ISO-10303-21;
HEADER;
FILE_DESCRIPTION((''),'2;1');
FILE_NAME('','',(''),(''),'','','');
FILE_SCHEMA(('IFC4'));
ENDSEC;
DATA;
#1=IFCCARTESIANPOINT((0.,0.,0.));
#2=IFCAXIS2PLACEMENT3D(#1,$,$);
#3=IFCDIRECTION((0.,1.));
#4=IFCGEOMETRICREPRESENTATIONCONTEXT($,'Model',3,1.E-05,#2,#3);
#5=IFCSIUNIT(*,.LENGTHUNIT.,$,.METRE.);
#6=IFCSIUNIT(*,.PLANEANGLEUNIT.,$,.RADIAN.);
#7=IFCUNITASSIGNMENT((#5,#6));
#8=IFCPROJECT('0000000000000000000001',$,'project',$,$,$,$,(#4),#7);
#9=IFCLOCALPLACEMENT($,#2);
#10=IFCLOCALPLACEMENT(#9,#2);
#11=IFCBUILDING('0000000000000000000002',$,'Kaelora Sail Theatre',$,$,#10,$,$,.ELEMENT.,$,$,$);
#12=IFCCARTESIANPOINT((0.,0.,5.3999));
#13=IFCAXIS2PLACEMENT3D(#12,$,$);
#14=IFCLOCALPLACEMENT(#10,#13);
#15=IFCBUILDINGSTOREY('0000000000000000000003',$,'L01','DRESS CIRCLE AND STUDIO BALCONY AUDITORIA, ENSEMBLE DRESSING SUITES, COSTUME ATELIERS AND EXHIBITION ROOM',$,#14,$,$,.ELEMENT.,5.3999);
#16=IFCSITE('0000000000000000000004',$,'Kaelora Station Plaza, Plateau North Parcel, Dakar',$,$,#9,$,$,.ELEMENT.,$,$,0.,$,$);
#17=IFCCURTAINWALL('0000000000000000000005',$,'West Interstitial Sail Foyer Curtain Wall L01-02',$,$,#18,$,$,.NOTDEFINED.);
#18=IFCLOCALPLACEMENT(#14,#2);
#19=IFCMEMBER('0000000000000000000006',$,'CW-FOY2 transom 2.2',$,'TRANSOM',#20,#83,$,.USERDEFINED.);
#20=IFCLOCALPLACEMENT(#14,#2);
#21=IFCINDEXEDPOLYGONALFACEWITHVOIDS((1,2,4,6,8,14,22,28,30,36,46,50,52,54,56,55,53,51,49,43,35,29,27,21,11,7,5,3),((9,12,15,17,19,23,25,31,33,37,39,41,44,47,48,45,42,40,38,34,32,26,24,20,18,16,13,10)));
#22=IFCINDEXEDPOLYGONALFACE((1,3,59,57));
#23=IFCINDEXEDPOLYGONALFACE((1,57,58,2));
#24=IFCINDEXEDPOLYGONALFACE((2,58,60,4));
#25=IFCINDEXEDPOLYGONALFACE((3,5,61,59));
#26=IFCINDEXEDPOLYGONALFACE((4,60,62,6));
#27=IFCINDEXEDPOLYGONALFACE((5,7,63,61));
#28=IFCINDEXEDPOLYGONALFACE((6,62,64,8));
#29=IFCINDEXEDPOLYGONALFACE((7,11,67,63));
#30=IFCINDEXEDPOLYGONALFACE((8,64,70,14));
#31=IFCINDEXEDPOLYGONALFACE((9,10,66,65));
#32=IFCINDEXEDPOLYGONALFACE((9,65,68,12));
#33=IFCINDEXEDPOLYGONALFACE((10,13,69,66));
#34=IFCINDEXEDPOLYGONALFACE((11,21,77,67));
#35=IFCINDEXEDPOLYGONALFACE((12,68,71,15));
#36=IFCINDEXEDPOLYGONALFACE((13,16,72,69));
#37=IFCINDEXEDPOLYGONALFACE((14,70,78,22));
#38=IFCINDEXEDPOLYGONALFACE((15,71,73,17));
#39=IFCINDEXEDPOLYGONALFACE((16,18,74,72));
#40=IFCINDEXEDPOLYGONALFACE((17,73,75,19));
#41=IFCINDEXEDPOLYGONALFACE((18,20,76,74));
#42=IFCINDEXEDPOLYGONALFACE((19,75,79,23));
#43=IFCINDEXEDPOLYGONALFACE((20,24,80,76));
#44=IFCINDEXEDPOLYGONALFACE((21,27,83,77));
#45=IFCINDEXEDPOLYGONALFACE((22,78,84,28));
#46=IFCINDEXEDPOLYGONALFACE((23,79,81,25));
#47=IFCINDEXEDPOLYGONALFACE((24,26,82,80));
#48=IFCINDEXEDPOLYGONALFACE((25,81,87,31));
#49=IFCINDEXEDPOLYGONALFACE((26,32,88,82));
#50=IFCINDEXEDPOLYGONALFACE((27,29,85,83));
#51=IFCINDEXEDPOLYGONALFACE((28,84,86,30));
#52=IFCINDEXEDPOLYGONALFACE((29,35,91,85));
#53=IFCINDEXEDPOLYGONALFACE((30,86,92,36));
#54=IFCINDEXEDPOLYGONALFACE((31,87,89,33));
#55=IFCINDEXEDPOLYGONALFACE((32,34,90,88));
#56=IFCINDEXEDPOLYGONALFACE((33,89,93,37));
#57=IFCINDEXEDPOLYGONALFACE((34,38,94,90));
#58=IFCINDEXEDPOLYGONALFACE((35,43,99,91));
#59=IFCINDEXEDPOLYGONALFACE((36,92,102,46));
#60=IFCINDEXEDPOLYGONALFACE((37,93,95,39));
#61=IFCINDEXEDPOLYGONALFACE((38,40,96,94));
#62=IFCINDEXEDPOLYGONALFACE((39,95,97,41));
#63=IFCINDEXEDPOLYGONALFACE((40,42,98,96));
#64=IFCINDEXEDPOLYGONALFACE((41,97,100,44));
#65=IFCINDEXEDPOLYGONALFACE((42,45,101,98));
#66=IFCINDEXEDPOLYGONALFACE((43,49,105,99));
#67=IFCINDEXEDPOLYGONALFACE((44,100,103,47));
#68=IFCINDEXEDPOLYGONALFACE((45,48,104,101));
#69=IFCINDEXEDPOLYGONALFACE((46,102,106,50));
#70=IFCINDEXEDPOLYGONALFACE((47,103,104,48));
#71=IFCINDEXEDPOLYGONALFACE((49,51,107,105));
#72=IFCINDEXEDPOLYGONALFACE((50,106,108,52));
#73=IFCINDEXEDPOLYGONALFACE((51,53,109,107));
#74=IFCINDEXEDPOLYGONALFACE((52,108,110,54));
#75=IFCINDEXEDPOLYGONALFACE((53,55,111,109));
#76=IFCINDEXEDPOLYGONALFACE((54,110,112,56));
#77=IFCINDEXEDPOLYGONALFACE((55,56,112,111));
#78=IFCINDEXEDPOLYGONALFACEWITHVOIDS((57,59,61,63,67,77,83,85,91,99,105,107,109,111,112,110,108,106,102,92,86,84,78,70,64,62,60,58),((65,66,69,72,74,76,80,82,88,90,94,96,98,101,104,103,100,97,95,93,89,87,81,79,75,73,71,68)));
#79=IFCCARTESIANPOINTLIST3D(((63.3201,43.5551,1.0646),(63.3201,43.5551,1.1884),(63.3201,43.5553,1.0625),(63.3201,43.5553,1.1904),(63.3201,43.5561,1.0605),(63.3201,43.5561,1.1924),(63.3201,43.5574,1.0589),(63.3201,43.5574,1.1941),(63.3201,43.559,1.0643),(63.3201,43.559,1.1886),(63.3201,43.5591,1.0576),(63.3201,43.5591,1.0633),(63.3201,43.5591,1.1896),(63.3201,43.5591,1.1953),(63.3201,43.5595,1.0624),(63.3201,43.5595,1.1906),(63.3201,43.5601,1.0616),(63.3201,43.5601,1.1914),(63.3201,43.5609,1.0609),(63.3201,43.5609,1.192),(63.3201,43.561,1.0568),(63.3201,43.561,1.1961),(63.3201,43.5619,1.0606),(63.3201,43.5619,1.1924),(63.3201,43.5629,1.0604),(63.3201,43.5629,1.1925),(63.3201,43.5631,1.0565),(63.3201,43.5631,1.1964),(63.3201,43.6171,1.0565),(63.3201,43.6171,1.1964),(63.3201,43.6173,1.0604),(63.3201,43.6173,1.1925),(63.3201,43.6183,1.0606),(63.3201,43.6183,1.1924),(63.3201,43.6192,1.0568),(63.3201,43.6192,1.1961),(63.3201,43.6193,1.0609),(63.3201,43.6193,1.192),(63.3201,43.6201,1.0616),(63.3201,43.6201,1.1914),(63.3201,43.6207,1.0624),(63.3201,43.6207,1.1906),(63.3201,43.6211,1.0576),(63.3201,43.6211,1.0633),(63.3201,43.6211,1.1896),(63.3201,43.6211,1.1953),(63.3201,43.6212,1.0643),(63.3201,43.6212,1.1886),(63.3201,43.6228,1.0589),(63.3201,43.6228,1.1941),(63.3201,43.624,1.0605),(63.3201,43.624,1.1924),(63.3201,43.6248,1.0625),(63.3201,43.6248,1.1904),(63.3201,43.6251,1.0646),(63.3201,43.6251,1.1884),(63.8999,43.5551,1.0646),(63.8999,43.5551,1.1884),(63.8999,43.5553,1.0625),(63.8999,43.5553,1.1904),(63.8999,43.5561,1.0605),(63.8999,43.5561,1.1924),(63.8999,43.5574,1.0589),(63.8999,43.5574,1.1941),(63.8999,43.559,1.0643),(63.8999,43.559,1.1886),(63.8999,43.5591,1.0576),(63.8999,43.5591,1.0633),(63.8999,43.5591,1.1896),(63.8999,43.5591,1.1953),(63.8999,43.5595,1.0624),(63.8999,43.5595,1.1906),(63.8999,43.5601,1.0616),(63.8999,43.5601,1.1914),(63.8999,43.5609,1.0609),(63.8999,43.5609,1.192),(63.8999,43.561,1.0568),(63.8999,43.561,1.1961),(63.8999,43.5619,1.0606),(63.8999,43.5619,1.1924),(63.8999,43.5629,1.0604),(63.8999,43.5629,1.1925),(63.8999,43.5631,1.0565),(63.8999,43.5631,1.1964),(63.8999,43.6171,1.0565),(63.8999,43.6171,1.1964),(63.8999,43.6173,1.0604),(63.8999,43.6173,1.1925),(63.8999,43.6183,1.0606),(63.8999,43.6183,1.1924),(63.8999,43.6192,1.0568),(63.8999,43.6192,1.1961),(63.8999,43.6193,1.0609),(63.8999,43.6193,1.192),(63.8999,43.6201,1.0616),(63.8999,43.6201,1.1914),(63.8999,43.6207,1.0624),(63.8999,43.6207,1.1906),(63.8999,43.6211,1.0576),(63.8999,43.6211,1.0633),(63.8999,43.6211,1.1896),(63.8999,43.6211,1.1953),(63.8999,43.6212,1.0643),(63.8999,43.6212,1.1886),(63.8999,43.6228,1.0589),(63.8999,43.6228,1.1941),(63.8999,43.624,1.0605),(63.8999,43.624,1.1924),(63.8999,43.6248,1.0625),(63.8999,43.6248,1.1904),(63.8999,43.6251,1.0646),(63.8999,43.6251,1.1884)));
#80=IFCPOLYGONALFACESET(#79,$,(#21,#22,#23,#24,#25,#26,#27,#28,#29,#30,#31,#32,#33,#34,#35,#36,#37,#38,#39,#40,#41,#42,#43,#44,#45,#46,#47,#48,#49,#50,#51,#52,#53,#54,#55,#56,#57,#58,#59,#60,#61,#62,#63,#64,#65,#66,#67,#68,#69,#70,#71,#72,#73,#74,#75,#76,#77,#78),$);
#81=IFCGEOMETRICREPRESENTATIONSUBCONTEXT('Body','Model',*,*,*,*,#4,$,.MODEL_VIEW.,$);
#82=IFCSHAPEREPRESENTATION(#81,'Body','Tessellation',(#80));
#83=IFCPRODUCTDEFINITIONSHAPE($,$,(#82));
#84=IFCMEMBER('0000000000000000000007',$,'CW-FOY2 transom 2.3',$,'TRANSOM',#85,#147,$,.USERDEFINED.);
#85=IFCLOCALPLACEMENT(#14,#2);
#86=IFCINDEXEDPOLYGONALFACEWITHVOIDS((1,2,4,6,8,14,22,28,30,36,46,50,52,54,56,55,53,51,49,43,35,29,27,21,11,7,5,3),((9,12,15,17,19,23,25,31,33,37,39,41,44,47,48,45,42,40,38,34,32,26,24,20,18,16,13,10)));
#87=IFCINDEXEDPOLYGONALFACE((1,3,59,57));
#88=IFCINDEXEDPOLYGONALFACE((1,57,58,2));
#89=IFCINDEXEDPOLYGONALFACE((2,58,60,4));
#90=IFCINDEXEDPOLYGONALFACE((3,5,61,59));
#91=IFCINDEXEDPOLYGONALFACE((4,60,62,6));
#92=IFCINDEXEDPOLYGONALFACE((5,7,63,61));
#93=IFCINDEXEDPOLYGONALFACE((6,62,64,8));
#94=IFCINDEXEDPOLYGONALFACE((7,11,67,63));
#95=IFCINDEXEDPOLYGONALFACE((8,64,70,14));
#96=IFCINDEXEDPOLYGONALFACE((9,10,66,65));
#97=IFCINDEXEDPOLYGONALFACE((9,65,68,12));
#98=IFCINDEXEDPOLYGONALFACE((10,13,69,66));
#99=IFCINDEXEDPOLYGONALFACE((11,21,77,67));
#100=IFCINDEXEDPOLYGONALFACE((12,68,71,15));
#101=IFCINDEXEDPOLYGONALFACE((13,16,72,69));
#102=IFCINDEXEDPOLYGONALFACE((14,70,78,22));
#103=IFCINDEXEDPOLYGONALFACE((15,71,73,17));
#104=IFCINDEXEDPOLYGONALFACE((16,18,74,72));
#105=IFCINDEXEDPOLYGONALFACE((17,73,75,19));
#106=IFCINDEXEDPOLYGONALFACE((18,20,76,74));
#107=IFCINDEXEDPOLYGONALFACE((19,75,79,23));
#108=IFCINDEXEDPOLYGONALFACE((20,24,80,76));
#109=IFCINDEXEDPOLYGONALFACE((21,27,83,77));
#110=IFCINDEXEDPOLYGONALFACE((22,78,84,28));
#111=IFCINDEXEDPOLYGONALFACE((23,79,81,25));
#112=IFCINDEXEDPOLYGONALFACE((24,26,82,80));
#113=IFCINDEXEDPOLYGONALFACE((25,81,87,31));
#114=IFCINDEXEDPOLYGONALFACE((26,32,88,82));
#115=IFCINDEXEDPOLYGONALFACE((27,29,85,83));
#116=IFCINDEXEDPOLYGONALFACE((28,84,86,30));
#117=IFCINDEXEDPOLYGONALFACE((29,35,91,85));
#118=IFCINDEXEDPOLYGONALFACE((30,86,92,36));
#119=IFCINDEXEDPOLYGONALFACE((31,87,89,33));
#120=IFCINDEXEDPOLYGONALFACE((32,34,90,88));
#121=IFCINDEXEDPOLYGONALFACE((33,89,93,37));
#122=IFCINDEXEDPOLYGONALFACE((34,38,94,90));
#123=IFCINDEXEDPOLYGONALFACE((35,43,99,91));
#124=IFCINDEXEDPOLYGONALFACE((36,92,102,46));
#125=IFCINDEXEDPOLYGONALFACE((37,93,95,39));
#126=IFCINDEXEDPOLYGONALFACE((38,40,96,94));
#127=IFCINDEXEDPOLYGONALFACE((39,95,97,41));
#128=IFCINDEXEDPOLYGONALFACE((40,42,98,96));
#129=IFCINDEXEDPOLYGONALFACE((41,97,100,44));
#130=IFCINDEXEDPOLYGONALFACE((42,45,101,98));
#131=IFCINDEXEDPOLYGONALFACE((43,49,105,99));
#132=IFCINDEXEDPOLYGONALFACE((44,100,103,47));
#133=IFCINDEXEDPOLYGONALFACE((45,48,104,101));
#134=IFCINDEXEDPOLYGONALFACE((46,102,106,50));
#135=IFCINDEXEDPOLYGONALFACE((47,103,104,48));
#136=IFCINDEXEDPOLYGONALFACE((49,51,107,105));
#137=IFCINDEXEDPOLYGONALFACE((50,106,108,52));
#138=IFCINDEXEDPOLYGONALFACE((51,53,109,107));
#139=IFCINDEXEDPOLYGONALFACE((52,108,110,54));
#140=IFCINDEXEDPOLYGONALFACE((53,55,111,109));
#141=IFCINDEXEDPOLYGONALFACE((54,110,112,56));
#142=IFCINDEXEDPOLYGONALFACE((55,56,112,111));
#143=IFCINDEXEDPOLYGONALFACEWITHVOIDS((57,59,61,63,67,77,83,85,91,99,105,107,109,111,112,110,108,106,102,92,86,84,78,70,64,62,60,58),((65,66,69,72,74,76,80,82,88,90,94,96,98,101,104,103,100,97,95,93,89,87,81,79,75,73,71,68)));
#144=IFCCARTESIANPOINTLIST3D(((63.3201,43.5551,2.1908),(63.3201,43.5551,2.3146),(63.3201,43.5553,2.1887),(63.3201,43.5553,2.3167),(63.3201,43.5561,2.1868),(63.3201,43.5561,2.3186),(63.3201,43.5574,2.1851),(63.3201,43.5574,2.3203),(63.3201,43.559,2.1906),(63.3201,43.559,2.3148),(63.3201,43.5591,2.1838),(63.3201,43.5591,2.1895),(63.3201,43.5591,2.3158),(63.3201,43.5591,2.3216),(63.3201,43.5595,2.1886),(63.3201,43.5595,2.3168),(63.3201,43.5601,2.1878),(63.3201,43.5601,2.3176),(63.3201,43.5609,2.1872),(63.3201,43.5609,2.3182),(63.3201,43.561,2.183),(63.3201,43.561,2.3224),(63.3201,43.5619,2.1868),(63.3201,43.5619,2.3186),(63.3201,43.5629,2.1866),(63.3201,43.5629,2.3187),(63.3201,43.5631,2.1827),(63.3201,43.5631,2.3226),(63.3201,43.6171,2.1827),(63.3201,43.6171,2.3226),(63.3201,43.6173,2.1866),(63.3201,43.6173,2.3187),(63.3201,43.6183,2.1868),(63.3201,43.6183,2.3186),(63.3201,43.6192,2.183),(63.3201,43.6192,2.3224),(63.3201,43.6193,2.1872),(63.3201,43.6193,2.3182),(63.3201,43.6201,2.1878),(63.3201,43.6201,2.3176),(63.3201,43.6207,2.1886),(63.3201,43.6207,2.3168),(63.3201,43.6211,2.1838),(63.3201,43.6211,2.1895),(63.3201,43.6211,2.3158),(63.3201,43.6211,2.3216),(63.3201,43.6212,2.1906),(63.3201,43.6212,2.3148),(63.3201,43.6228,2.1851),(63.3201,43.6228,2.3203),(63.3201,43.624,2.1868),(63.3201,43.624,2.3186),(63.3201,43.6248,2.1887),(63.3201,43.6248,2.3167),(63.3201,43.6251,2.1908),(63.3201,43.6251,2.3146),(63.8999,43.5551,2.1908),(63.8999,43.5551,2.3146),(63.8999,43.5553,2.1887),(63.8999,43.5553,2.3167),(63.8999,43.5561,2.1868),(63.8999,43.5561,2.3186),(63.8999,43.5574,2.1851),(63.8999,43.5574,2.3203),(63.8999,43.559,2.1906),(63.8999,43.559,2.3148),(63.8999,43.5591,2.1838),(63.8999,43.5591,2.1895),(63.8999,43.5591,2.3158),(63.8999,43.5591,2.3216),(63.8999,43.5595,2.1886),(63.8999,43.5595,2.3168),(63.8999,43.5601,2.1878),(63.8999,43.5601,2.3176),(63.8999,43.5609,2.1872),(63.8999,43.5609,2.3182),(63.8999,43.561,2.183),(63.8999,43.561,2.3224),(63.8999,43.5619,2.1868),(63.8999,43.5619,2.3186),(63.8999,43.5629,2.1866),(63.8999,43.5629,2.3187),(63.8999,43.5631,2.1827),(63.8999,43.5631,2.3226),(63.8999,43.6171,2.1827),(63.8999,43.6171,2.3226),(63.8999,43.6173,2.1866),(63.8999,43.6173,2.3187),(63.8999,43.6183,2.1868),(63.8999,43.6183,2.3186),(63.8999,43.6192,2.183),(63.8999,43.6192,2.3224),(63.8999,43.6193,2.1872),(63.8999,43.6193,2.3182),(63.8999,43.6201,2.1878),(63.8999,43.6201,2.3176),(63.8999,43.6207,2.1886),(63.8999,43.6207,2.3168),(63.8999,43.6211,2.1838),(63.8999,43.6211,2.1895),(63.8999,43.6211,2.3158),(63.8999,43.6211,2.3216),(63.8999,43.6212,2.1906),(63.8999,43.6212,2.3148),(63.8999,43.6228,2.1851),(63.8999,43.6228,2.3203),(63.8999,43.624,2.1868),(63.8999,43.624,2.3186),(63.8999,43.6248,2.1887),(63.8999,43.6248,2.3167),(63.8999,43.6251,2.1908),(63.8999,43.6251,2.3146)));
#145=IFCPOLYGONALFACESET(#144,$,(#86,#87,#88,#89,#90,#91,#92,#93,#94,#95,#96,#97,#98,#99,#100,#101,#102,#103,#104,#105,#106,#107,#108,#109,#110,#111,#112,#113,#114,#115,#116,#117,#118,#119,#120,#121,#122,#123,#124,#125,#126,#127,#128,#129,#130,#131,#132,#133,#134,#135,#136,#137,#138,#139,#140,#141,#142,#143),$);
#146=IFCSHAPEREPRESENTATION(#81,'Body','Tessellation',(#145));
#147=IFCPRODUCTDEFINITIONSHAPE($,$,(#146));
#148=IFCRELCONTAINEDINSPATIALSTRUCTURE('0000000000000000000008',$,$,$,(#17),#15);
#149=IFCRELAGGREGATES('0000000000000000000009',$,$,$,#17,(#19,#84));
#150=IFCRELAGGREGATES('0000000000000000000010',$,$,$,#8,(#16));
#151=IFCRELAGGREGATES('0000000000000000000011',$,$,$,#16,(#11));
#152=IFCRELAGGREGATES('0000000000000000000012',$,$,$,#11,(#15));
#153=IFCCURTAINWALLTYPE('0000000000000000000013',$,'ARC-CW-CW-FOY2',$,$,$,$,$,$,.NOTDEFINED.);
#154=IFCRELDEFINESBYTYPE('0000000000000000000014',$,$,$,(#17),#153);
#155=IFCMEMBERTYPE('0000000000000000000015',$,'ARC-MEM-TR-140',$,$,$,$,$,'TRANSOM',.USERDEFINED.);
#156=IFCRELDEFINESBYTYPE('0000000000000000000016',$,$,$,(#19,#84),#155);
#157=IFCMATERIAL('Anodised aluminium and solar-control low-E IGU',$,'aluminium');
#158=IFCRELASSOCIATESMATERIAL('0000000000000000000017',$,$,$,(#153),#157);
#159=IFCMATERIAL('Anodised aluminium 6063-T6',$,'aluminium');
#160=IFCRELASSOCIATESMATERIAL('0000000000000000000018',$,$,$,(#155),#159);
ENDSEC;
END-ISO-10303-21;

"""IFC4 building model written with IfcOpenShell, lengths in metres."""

from ifc_helpers import new_model, si_unit, direction, frame, origin, origin_2d, place, context, subcontext, project, spatial, hollow_rectangle, extrude, material, material_profile, profile_set, type_object, element, aggregate, save


model = new_model("IFC4")

# Units and contexts
model_context = context("Model", 3, precision=1e-05, world=origin(), true_north=direction((0.0, 1.0)))
body_context = subcontext(model_context, "Body", "Model", "MODEL_VIEW")
ifc_project = project(units=[si_unit("LENGTHUNIT", "METRE"), si_unit("PLANEANGLEUNIT", "RADIAN")], contexts=[model_context])

# Site, building, storey
site_placement = place(None, origin())
site = spatial("IfcSite", under=ifc_project, at=site_placement, Name="Kaelora Station Plaza, Plateau North Parcel, Dakar", CompositionType="ELEMENT", RefElevation=0.0)
building_placement = place(site_placement, origin())
building = spatial("IfcBuilding", under=site, at=building_placement, Name="Kaelora Sail Theatre", CompositionType="ELEMENT")
storey_placement = place(building_placement, frame((0.0, 0.0, 5.3999)))
storey = spatial("IfcBuildingStorey", under=building, at=storey_placement, Name="L01", Description="DRESS CIRCLE AND STUDIO BALCONY AUDITORIA, ENSEMBLE DRESSING SUITES, COSTUME ATELIERS AND EXHIBITION ROOM", CompositionType="ELEMENT", Elevation=5.3999)

# Shared definitions
ifc_material_1 = material(Name="Anodised aluminium and solar-control low-E IGU", Category="aluminium")
curtain_wall_type = type_object("IfcCurtainWallType", Name="ARC-CW-CW-FOY2", PredefinedType="NOTDEFINED", material=ifc_material_1)

# Curtain wall, members
curtain_wall_1_placement = place(storey_placement, origin())
curtain_wall_1 = element("IfcCurtainWall", 1, at=curtain_wall_1_placement, inside=storey, type_object=curtain_wall_type, Name="West Interstitial Sail Foyer Curtain Wall L01-02", PredefinedType="NOTDEFINED")
ifc_material_2 = material(Name="Anodised aluminium 6063-T6", Category="aluminium")
ifc_material_profile_1 = material_profile(ifc_material_2, hollow_rectangle(XDim=0.0701, YDim=0.1399, WallThickness=0.0039, InnerFilletRadius=0.0039, OuterFilletRadius=0.0081, at=origin_2d()), Name="ALU-TRAN 70x140x4")
ifc_profile_set_1 = profile_set([ifc_material_profile_1], Name="Anodised aluminium 6063-T6")
member_type_1 = type_object("IfcMemberType", Name="ARC-MEM-TR-140", ElementType="TRANSOM", PredefinedType="USERDEFINED", material=ifc_profile_set_1)
member_1_placement = place(storey_placement, frame((63.3201, 43.5901, 1.1265), z_axis=(1.0, 0.0, 0.0), x_axis=(0.0, 1.0, 0.0)))
member_1 = element("IfcMember", 2, at=member_1_placement, type_object=member_type_1, Name="CW-FOY2 transom 2.2", ObjectType="TRANSOM", PredefinedType="USERDEFINED", context=body_context, shape_type="SweptSolid", body=[
    extrude(hollow_rectangle(XDim=0.0701, YDim=0.1399, WallThickness=0.0039, InnerFilletRadius=0.0039, OuterFilletRadius=0.0081, at=origin_2d()), origin(), (0.0, 0.0, 1.0), 0.5798),
])
member_2_placement = place(storey_placement, frame((63.3201, 43.5901, 2.2527), z_axis=(1.0, 0.0, 0.0), x_axis=(0.0, 1.0, 0.0)))
member_2 = element("IfcMember", 3, at=member_2_placement, type_object=member_type_1, Name="CW-FOY2 transom 2.3", ObjectType="TRANSOM", PredefinedType="USERDEFINED", context=body_context, shape_type="SweptSolid", body=[
    extrude(hollow_rectangle(XDim=0.0701, YDim=0.1399, WallThickness=0.0039, InnerFilletRadius=0.0039, OuterFilletRadius=0.0081, at=origin_2d()), origin(), (0.0, 0.0, 1.0), 0.5798),
])

aggregate(curtain_wall_1, [member_1, member_2])

save(model, "model.ifc")
